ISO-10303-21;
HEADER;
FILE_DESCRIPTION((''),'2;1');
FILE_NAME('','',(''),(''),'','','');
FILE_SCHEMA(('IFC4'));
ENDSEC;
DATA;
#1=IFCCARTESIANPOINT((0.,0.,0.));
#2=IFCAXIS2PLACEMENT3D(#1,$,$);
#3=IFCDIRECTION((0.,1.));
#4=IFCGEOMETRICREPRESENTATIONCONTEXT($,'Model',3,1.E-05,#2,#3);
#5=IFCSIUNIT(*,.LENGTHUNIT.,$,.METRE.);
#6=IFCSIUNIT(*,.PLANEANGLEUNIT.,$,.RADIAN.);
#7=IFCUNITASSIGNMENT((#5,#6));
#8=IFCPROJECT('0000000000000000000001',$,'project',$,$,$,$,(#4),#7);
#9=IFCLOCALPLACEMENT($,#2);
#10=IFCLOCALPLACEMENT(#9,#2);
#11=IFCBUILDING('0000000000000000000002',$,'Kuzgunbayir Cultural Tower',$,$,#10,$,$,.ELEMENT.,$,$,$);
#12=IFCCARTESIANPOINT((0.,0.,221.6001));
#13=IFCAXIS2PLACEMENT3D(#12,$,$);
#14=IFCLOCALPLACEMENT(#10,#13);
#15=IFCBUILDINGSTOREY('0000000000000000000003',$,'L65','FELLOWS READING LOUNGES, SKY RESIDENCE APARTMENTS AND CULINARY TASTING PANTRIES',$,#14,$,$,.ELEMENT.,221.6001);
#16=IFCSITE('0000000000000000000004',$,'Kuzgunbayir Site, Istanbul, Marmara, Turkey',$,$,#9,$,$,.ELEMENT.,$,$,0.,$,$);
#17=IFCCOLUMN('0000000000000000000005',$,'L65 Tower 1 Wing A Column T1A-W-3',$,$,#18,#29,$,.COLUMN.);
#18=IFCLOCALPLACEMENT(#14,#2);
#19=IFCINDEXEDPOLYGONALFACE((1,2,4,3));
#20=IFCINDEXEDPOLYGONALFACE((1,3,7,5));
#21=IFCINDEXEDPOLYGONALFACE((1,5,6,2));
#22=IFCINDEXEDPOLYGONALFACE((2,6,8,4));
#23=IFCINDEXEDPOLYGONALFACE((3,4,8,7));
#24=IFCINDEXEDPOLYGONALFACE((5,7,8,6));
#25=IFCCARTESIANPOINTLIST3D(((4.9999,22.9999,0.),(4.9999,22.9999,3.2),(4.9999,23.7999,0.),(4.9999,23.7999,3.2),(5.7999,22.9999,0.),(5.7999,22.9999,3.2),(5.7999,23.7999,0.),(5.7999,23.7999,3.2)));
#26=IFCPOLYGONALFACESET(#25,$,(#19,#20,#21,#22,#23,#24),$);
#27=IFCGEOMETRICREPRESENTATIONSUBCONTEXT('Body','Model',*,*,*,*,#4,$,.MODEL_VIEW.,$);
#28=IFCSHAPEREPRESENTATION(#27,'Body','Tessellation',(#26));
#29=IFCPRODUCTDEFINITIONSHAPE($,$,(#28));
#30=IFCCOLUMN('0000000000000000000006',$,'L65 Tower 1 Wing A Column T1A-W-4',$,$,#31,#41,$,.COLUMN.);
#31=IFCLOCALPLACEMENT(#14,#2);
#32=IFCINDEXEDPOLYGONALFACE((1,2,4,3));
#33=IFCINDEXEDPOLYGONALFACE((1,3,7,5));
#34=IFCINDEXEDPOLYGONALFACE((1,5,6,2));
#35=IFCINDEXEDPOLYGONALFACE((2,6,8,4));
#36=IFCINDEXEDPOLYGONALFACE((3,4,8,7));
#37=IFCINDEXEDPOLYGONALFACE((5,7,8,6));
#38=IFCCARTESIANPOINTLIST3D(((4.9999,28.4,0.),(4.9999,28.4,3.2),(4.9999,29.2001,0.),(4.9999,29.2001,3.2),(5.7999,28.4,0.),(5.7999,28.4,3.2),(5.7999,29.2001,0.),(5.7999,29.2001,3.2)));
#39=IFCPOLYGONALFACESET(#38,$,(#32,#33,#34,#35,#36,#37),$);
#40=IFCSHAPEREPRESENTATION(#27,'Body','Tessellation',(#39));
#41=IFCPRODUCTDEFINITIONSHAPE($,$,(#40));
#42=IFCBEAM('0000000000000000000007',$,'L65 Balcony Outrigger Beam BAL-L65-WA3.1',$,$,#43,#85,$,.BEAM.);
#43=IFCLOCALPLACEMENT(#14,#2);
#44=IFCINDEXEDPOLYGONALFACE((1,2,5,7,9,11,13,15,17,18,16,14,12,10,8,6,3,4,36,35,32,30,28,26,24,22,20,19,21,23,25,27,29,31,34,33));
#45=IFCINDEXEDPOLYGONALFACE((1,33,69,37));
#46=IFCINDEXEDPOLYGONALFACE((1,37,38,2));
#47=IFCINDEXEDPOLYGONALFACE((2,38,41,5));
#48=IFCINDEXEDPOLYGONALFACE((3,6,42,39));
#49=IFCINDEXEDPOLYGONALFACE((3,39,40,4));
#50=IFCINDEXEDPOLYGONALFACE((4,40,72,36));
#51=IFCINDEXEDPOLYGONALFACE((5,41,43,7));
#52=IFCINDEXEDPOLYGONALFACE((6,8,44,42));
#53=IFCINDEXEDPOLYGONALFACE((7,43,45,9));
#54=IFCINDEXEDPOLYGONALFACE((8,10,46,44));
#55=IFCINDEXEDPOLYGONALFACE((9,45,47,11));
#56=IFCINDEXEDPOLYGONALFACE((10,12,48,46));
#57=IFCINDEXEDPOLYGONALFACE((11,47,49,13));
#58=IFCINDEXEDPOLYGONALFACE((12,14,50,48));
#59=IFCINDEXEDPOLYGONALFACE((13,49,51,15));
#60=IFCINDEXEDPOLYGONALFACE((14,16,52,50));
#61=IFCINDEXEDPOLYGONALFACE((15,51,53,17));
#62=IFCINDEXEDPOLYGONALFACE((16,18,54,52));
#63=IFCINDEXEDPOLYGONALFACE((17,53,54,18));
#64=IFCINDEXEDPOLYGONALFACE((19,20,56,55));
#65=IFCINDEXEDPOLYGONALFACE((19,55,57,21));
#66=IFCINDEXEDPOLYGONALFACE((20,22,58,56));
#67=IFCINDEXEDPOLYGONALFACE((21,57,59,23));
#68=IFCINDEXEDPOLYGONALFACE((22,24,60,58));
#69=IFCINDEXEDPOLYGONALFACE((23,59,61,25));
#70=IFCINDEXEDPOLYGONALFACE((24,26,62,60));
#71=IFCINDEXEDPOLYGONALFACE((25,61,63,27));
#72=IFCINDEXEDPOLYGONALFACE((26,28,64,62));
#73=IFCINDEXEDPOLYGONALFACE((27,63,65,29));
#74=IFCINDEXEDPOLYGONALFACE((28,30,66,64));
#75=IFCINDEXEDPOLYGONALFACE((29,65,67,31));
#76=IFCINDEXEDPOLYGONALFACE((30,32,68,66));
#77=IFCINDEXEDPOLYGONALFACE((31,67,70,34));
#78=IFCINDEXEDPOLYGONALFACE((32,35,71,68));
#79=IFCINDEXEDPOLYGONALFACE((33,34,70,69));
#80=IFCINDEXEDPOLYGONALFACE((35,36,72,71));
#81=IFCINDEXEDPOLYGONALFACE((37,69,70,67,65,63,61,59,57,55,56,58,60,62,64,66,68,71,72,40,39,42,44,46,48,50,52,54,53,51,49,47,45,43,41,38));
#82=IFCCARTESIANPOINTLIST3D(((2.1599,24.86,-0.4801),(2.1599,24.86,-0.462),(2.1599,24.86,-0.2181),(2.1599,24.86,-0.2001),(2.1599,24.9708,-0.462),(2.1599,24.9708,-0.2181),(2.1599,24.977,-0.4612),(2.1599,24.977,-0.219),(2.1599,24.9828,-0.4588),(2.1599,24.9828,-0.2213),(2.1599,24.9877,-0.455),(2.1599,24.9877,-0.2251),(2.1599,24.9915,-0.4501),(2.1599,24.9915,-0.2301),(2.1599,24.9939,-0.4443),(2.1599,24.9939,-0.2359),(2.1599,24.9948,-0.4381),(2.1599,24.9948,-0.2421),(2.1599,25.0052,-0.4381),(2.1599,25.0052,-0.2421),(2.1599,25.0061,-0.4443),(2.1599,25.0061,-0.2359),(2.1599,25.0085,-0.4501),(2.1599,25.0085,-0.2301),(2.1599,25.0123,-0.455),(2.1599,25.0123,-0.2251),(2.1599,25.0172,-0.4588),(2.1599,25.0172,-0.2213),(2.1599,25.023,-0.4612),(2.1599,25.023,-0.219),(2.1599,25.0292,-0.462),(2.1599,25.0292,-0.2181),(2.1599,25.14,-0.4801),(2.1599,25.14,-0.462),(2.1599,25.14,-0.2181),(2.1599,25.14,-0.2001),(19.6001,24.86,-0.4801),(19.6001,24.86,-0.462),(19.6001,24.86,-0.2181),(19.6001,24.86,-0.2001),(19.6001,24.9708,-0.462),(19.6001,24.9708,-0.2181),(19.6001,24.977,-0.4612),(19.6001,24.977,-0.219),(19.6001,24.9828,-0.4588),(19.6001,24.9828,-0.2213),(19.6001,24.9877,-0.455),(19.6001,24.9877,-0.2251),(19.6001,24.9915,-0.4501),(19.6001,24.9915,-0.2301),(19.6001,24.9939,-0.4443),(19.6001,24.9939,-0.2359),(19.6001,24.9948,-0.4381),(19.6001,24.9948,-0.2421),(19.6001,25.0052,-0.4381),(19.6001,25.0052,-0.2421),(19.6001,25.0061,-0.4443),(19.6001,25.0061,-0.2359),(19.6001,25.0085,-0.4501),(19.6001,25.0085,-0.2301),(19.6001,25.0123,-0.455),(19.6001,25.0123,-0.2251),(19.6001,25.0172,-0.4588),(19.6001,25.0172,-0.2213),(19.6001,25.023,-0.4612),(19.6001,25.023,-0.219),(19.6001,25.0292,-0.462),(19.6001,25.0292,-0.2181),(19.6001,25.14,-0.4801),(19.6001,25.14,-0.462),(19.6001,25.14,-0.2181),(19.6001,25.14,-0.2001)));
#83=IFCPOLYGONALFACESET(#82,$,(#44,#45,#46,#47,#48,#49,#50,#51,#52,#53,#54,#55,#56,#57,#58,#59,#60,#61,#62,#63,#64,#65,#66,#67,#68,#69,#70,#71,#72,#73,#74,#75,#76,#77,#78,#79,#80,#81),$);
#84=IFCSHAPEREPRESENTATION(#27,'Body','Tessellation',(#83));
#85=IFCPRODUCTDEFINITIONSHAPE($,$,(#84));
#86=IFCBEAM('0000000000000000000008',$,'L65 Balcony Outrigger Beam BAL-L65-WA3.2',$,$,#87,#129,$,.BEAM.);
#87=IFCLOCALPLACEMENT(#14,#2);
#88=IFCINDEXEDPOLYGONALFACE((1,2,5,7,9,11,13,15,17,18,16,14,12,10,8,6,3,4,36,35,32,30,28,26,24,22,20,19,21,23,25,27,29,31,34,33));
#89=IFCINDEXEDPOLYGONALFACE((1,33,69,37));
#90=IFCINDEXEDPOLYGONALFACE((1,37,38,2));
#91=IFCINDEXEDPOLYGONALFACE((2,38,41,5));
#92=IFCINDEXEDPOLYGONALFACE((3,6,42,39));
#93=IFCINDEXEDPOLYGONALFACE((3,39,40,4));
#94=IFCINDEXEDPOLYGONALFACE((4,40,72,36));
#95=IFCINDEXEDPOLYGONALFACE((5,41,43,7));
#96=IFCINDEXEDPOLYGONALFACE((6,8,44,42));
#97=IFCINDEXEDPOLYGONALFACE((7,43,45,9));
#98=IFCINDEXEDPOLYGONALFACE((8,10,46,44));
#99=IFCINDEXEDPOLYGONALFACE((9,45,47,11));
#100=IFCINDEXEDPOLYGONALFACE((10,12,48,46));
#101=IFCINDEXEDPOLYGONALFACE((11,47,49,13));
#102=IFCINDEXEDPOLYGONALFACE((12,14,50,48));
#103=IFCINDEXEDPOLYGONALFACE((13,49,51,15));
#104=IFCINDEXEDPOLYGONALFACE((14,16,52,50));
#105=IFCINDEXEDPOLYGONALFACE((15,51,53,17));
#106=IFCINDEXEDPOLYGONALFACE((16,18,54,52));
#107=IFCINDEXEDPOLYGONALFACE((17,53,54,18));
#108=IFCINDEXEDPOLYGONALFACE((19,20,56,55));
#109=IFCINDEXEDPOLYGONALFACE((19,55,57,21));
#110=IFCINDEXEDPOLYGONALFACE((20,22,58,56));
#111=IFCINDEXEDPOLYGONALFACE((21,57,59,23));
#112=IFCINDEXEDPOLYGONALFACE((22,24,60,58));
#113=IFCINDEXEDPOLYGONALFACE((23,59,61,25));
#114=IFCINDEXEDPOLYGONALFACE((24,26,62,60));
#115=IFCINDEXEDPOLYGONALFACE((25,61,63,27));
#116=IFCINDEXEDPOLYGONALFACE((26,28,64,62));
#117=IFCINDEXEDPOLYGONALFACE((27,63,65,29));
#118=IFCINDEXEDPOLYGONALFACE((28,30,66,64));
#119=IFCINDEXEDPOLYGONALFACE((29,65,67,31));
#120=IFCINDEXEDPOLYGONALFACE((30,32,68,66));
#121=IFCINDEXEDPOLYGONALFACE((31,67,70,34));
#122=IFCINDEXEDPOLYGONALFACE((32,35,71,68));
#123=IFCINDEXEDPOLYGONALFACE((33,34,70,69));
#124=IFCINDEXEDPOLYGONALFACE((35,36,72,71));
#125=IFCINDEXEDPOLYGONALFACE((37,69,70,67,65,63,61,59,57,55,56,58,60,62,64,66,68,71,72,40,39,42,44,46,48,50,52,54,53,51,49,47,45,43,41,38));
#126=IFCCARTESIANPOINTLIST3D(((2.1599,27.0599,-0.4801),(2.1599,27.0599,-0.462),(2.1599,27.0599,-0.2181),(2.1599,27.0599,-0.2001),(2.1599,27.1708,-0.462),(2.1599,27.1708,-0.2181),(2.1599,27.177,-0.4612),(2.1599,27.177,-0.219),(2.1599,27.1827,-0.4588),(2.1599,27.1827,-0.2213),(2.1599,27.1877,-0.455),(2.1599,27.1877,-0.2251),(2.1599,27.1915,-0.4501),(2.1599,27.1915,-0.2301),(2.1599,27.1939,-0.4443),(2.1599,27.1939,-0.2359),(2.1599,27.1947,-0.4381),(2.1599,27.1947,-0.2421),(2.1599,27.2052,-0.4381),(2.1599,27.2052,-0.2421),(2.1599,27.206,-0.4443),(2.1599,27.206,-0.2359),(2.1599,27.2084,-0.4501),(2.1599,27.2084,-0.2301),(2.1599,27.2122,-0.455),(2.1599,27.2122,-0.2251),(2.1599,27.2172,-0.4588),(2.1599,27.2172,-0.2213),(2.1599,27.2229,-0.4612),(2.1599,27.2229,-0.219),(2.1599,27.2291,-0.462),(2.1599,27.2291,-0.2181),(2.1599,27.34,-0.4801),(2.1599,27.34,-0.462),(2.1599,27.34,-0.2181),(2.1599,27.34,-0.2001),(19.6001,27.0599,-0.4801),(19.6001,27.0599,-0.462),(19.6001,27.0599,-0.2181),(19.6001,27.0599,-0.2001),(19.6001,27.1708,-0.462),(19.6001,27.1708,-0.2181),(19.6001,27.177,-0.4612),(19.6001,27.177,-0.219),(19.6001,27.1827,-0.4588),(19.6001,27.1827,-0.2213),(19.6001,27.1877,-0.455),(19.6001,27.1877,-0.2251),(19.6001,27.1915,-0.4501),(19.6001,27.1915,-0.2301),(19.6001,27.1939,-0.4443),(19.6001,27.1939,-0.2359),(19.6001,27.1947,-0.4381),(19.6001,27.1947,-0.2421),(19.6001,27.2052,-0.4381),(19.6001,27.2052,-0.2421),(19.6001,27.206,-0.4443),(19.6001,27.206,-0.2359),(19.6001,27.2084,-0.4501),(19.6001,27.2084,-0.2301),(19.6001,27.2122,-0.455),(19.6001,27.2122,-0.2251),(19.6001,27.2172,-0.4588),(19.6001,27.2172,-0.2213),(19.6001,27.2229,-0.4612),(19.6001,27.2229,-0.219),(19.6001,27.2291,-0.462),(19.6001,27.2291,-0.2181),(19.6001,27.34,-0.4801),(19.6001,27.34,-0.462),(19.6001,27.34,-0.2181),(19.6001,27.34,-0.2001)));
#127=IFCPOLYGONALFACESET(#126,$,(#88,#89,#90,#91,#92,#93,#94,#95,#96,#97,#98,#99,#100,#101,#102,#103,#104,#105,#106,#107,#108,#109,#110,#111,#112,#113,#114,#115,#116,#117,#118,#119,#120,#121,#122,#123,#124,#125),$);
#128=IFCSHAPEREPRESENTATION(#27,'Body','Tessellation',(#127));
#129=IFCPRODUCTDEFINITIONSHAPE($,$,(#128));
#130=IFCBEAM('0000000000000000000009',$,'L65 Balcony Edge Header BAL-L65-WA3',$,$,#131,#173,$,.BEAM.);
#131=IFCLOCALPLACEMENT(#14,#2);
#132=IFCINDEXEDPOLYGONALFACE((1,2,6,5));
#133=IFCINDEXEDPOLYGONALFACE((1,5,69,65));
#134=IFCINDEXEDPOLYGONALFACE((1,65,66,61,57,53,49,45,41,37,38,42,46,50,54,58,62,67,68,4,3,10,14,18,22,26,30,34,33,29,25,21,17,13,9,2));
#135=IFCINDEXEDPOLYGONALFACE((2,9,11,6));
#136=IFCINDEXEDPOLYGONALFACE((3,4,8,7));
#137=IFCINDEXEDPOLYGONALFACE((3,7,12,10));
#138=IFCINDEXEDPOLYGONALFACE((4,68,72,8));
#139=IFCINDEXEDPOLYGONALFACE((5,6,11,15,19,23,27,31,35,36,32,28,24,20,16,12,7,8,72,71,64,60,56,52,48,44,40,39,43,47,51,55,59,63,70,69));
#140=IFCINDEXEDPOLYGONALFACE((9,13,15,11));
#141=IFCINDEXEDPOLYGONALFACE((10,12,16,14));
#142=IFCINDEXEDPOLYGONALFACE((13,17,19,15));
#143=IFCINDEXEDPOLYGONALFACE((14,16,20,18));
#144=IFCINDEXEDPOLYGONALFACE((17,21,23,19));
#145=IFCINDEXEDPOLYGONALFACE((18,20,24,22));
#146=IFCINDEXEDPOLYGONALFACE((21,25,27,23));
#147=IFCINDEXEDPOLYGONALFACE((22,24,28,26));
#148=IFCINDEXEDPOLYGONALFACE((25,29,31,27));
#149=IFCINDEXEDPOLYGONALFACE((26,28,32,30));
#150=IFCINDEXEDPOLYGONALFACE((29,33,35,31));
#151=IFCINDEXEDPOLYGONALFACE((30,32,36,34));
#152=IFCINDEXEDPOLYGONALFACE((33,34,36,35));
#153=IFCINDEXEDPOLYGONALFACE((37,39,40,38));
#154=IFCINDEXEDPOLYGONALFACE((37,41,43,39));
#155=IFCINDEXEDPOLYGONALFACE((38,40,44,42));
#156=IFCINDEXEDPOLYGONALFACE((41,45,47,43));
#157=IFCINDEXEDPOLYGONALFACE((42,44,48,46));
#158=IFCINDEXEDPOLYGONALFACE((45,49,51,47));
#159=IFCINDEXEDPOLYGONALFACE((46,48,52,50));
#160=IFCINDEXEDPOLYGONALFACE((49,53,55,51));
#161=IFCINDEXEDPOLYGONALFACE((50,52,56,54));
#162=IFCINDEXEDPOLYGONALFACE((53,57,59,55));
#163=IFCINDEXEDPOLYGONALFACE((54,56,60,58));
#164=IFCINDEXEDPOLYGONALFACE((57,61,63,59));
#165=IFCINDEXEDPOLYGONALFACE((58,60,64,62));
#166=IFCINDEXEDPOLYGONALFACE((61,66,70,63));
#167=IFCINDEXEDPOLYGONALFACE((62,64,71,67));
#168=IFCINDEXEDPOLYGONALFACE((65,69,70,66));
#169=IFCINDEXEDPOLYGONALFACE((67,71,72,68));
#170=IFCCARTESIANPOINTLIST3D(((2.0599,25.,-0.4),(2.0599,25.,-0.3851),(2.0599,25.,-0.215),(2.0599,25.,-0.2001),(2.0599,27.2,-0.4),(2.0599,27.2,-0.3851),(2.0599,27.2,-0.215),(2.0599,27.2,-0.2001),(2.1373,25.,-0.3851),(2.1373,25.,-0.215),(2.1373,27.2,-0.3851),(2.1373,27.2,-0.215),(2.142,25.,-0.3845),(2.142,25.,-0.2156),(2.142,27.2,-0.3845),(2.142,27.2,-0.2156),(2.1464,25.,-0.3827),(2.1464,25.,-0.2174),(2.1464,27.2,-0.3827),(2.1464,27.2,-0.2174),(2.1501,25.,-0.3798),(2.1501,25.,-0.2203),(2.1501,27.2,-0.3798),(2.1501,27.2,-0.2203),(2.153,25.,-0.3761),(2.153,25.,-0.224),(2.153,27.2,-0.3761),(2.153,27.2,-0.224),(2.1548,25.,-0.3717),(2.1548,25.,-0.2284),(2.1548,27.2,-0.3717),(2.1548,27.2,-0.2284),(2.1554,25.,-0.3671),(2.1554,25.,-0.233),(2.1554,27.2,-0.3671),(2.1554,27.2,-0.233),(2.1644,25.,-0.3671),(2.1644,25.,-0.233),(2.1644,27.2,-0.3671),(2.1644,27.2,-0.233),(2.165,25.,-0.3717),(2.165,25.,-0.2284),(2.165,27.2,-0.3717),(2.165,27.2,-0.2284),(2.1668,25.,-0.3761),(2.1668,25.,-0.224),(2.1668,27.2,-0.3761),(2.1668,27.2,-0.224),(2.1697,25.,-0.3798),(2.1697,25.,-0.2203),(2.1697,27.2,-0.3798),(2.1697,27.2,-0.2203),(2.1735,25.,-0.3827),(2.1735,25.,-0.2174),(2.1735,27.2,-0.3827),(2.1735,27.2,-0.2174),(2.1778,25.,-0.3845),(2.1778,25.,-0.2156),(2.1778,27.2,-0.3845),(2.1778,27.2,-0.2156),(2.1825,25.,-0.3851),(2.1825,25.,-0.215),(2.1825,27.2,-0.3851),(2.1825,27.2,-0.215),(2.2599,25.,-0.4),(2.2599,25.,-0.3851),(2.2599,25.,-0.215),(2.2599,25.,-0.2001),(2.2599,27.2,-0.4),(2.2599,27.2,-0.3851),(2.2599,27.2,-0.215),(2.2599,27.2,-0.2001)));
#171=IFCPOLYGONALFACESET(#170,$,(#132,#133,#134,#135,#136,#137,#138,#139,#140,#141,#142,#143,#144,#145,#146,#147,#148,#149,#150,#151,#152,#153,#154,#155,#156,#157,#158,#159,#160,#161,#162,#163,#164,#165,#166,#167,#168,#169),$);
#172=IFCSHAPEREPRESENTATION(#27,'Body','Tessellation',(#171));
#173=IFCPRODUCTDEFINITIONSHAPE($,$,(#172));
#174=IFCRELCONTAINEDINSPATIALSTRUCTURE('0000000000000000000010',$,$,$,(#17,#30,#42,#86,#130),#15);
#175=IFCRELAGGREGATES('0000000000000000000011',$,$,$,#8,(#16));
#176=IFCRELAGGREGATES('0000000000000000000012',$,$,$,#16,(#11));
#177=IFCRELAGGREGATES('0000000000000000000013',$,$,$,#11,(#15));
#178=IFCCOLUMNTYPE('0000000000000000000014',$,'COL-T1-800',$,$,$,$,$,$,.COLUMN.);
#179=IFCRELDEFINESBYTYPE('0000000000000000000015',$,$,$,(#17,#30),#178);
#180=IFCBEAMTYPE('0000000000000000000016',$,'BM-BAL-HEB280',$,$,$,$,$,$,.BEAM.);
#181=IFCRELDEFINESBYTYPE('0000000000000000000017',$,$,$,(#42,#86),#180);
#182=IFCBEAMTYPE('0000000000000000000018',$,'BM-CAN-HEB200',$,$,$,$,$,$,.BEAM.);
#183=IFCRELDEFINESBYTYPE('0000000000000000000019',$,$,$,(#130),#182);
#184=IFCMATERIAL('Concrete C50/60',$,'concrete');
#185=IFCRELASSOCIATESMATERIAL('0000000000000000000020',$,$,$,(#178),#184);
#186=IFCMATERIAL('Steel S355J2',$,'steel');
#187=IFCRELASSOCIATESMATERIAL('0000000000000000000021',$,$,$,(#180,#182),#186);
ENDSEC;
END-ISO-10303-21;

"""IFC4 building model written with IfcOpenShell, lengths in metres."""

from ifc_helpers import new_model, si_unit, direction, frame, origin, origin_2d, place, context, subcontext, project, spatial, rectangle, i_section, extrude, material, material_profile, profile_set, type_object, element, save


model = new_model("IFC4")

# Units and contexts
model_context = context("Model", 3, precision=1e-05, world=origin(), true_north=direction((0.0, 1.0)))
body_context = subcontext(model_context, "Body", "Model", "MODEL_VIEW")
ifc_project = project(units=[si_unit("LENGTHUNIT", "METRE"), si_unit("PLANEANGLEUNIT", "RADIAN")], contexts=[model_context])

# Site, building, storey
site_placement = place(None, origin())
site = spatial("IfcSite", under=ifc_project, at=site_placement, Name="Kuzgunbayir Site, Istanbul, Marmara, Turkey", CompositionType="ELEMENT", RefElevation=0.0)
building_placement = place(site_placement, origin())
building = spatial("IfcBuilding", under=site, at=building_placement, Name="Kuzgunbayir Cultural Tower", CompositionType="ELEMENT")
storey_placement = place(building_placement, frame((0.0, 0.0, 221.6001)))
storey = spatial("IfcBuildingStorey", under=building, at=storey_placement, Name="L65", Description="FELLOWS READING LOUNGES, SKY RESIDENCE APARTMENTS AND CULINARY TASTING PANTRIES", CompositionType="ELEMENT", Elevation=221.6001)

# Columns
ifc_material_1 = material(Name="Concrete C50/60", Category="concrete")
ifc_material_profile_1 = material_profile(ifc_material_1, rectangle(XDim=0.8, YDim=0.8, at=origin_2d()), Name="RC 800x800")
ifc_profile_set_1 = profile_set([ifc_material_profile_1], Name="Concrete C50/60")
column_type = type_object("IfcColumnType", Name="COL-T1-800", PredefinedType="COLUMN", material=ifc_profile_set_1)
for number, where, z_axis, x_axis, name in (
    (1, (5.3999, 23.3999, 0.0), (0.0, 0.0, 1.0), (1.0, 0.0, 0.0), "L65 Tower 1 Wing A Column T1A-W-3"),
    (2, (5.3999, 28.8, 0.0), (0.0, 0.0, 1.0), (1.0, 0.0, 0.0), "L65 Tower 1 Wing A Column T1A-W-4"),
):
    element("IfcColumn", number, at=place(storey_placement, frame(where, z_axis=z_axis, x_axis=x_axis)), inside=storey, type_object=column_type, Name=name, PredefinedType="COLUMN", context=body_context, shape_type="SweptSolid", body=[
        extrude(rectangle(XDim=0.8, YDim=0.8, at=origin_2d()), origin(), (0.0, 0.0, 1.0), 3.2),
    ])

# Beams
ifc_material_2 = material(Name="Steel S355J2", Category="steel")
ifc_material_profile_2 = material_profile(ifc_material_2, i_section(OverallWidth=0.28, OverallDepth=0.28, WebThickness=0.0105, FlangeThickness=0.0181, FilletRadius=0.0239, at=origin_2d()), Name="HEB 280")
ifc_profile_set_2 = profile_set([ifc_material_profile_2], Name="Steel S355J2")
beam_type_1 = type_object("IfcBeamType", Name="BM-BAL-HEB280", PredefinedType="BEAM", material=ifc_profile_set_2)
for number, where, z_axis, x_axis, name in (
    (3, (2.1599, 25.0, -0.3401), (1.0, 0.0, 0.0), (0.0, 1.0, 0.0), "L65 Balcony Outrigger Beam BAL-L65-WA3.1"),
    (4, (2.1599, 27.2, -0.3401), (1.0, 0.0, 0.0), (0.0, 1.0, 0.0), "L65 Balcony Outrigger Beam BAL-L65-WA3.2"),
):
    element("IfcBeam", number, at=place(storey_placement, frame(where, z_axis=z_axis, x_axis=x_axis)), inside=storey, type_object=beam_type_1, Name=name, PredefinedType="BEAM", context=body_context, shape_type="SweptSolid", body=[
        extrude(i_section(OverallWidth=0.28, OverallDepth=0.28, WebThickness=0.0105, FlangeThickness=0.0181, FilletRadius=0.0239, at=origin_2d()), origin(), (0.0, 0.0, 1.0), 17.4402),
    ])
ifc_material_profile_3 = material_profile(ifc_material_2, i_section(OverallWidth=0.2, OverallDepth=0.2, WebThickness=0.009, FlangeThickness=0.0149, FilletRadius=0.0181, at=origin_2d()), Name="HEB 200")
ifc_profile_set_3 = profile_set([ifc_material_profile_3], Name="Steel S355J2")
beam_type_2 = type_object("IfcBeamType", Name="BM-CAN-HEB200", PredefinedType="BEAM", material=ifc_profile_set_3)
beam_1_placement = place(storey_placement, frame((2.1599, 25.0, -0.3), z_axis=(0.0, 1.0, 0.0), x_axis=(-1.0, 0.0, 0.0)))
element("IfcBeam", 5, at=beam_1_placement, inside=storey, type_object=beam_type_2, Name="L65 Balcony Edge Header BAL-L65-WA3", PredefinedType="BEAM", context=body_context, shape_type="SweptSolid", body=[
    extrude(i_section(OverallWidth=0.2, OverallDepth=0.2, WebThickness=0.009, FlangeThickness=0.0149, FilletRadius=0.0181, at=origin_2d()), origin(), (0.0, 0.0, 1.0), 2.2),
])

save(model, "model.ifc")
